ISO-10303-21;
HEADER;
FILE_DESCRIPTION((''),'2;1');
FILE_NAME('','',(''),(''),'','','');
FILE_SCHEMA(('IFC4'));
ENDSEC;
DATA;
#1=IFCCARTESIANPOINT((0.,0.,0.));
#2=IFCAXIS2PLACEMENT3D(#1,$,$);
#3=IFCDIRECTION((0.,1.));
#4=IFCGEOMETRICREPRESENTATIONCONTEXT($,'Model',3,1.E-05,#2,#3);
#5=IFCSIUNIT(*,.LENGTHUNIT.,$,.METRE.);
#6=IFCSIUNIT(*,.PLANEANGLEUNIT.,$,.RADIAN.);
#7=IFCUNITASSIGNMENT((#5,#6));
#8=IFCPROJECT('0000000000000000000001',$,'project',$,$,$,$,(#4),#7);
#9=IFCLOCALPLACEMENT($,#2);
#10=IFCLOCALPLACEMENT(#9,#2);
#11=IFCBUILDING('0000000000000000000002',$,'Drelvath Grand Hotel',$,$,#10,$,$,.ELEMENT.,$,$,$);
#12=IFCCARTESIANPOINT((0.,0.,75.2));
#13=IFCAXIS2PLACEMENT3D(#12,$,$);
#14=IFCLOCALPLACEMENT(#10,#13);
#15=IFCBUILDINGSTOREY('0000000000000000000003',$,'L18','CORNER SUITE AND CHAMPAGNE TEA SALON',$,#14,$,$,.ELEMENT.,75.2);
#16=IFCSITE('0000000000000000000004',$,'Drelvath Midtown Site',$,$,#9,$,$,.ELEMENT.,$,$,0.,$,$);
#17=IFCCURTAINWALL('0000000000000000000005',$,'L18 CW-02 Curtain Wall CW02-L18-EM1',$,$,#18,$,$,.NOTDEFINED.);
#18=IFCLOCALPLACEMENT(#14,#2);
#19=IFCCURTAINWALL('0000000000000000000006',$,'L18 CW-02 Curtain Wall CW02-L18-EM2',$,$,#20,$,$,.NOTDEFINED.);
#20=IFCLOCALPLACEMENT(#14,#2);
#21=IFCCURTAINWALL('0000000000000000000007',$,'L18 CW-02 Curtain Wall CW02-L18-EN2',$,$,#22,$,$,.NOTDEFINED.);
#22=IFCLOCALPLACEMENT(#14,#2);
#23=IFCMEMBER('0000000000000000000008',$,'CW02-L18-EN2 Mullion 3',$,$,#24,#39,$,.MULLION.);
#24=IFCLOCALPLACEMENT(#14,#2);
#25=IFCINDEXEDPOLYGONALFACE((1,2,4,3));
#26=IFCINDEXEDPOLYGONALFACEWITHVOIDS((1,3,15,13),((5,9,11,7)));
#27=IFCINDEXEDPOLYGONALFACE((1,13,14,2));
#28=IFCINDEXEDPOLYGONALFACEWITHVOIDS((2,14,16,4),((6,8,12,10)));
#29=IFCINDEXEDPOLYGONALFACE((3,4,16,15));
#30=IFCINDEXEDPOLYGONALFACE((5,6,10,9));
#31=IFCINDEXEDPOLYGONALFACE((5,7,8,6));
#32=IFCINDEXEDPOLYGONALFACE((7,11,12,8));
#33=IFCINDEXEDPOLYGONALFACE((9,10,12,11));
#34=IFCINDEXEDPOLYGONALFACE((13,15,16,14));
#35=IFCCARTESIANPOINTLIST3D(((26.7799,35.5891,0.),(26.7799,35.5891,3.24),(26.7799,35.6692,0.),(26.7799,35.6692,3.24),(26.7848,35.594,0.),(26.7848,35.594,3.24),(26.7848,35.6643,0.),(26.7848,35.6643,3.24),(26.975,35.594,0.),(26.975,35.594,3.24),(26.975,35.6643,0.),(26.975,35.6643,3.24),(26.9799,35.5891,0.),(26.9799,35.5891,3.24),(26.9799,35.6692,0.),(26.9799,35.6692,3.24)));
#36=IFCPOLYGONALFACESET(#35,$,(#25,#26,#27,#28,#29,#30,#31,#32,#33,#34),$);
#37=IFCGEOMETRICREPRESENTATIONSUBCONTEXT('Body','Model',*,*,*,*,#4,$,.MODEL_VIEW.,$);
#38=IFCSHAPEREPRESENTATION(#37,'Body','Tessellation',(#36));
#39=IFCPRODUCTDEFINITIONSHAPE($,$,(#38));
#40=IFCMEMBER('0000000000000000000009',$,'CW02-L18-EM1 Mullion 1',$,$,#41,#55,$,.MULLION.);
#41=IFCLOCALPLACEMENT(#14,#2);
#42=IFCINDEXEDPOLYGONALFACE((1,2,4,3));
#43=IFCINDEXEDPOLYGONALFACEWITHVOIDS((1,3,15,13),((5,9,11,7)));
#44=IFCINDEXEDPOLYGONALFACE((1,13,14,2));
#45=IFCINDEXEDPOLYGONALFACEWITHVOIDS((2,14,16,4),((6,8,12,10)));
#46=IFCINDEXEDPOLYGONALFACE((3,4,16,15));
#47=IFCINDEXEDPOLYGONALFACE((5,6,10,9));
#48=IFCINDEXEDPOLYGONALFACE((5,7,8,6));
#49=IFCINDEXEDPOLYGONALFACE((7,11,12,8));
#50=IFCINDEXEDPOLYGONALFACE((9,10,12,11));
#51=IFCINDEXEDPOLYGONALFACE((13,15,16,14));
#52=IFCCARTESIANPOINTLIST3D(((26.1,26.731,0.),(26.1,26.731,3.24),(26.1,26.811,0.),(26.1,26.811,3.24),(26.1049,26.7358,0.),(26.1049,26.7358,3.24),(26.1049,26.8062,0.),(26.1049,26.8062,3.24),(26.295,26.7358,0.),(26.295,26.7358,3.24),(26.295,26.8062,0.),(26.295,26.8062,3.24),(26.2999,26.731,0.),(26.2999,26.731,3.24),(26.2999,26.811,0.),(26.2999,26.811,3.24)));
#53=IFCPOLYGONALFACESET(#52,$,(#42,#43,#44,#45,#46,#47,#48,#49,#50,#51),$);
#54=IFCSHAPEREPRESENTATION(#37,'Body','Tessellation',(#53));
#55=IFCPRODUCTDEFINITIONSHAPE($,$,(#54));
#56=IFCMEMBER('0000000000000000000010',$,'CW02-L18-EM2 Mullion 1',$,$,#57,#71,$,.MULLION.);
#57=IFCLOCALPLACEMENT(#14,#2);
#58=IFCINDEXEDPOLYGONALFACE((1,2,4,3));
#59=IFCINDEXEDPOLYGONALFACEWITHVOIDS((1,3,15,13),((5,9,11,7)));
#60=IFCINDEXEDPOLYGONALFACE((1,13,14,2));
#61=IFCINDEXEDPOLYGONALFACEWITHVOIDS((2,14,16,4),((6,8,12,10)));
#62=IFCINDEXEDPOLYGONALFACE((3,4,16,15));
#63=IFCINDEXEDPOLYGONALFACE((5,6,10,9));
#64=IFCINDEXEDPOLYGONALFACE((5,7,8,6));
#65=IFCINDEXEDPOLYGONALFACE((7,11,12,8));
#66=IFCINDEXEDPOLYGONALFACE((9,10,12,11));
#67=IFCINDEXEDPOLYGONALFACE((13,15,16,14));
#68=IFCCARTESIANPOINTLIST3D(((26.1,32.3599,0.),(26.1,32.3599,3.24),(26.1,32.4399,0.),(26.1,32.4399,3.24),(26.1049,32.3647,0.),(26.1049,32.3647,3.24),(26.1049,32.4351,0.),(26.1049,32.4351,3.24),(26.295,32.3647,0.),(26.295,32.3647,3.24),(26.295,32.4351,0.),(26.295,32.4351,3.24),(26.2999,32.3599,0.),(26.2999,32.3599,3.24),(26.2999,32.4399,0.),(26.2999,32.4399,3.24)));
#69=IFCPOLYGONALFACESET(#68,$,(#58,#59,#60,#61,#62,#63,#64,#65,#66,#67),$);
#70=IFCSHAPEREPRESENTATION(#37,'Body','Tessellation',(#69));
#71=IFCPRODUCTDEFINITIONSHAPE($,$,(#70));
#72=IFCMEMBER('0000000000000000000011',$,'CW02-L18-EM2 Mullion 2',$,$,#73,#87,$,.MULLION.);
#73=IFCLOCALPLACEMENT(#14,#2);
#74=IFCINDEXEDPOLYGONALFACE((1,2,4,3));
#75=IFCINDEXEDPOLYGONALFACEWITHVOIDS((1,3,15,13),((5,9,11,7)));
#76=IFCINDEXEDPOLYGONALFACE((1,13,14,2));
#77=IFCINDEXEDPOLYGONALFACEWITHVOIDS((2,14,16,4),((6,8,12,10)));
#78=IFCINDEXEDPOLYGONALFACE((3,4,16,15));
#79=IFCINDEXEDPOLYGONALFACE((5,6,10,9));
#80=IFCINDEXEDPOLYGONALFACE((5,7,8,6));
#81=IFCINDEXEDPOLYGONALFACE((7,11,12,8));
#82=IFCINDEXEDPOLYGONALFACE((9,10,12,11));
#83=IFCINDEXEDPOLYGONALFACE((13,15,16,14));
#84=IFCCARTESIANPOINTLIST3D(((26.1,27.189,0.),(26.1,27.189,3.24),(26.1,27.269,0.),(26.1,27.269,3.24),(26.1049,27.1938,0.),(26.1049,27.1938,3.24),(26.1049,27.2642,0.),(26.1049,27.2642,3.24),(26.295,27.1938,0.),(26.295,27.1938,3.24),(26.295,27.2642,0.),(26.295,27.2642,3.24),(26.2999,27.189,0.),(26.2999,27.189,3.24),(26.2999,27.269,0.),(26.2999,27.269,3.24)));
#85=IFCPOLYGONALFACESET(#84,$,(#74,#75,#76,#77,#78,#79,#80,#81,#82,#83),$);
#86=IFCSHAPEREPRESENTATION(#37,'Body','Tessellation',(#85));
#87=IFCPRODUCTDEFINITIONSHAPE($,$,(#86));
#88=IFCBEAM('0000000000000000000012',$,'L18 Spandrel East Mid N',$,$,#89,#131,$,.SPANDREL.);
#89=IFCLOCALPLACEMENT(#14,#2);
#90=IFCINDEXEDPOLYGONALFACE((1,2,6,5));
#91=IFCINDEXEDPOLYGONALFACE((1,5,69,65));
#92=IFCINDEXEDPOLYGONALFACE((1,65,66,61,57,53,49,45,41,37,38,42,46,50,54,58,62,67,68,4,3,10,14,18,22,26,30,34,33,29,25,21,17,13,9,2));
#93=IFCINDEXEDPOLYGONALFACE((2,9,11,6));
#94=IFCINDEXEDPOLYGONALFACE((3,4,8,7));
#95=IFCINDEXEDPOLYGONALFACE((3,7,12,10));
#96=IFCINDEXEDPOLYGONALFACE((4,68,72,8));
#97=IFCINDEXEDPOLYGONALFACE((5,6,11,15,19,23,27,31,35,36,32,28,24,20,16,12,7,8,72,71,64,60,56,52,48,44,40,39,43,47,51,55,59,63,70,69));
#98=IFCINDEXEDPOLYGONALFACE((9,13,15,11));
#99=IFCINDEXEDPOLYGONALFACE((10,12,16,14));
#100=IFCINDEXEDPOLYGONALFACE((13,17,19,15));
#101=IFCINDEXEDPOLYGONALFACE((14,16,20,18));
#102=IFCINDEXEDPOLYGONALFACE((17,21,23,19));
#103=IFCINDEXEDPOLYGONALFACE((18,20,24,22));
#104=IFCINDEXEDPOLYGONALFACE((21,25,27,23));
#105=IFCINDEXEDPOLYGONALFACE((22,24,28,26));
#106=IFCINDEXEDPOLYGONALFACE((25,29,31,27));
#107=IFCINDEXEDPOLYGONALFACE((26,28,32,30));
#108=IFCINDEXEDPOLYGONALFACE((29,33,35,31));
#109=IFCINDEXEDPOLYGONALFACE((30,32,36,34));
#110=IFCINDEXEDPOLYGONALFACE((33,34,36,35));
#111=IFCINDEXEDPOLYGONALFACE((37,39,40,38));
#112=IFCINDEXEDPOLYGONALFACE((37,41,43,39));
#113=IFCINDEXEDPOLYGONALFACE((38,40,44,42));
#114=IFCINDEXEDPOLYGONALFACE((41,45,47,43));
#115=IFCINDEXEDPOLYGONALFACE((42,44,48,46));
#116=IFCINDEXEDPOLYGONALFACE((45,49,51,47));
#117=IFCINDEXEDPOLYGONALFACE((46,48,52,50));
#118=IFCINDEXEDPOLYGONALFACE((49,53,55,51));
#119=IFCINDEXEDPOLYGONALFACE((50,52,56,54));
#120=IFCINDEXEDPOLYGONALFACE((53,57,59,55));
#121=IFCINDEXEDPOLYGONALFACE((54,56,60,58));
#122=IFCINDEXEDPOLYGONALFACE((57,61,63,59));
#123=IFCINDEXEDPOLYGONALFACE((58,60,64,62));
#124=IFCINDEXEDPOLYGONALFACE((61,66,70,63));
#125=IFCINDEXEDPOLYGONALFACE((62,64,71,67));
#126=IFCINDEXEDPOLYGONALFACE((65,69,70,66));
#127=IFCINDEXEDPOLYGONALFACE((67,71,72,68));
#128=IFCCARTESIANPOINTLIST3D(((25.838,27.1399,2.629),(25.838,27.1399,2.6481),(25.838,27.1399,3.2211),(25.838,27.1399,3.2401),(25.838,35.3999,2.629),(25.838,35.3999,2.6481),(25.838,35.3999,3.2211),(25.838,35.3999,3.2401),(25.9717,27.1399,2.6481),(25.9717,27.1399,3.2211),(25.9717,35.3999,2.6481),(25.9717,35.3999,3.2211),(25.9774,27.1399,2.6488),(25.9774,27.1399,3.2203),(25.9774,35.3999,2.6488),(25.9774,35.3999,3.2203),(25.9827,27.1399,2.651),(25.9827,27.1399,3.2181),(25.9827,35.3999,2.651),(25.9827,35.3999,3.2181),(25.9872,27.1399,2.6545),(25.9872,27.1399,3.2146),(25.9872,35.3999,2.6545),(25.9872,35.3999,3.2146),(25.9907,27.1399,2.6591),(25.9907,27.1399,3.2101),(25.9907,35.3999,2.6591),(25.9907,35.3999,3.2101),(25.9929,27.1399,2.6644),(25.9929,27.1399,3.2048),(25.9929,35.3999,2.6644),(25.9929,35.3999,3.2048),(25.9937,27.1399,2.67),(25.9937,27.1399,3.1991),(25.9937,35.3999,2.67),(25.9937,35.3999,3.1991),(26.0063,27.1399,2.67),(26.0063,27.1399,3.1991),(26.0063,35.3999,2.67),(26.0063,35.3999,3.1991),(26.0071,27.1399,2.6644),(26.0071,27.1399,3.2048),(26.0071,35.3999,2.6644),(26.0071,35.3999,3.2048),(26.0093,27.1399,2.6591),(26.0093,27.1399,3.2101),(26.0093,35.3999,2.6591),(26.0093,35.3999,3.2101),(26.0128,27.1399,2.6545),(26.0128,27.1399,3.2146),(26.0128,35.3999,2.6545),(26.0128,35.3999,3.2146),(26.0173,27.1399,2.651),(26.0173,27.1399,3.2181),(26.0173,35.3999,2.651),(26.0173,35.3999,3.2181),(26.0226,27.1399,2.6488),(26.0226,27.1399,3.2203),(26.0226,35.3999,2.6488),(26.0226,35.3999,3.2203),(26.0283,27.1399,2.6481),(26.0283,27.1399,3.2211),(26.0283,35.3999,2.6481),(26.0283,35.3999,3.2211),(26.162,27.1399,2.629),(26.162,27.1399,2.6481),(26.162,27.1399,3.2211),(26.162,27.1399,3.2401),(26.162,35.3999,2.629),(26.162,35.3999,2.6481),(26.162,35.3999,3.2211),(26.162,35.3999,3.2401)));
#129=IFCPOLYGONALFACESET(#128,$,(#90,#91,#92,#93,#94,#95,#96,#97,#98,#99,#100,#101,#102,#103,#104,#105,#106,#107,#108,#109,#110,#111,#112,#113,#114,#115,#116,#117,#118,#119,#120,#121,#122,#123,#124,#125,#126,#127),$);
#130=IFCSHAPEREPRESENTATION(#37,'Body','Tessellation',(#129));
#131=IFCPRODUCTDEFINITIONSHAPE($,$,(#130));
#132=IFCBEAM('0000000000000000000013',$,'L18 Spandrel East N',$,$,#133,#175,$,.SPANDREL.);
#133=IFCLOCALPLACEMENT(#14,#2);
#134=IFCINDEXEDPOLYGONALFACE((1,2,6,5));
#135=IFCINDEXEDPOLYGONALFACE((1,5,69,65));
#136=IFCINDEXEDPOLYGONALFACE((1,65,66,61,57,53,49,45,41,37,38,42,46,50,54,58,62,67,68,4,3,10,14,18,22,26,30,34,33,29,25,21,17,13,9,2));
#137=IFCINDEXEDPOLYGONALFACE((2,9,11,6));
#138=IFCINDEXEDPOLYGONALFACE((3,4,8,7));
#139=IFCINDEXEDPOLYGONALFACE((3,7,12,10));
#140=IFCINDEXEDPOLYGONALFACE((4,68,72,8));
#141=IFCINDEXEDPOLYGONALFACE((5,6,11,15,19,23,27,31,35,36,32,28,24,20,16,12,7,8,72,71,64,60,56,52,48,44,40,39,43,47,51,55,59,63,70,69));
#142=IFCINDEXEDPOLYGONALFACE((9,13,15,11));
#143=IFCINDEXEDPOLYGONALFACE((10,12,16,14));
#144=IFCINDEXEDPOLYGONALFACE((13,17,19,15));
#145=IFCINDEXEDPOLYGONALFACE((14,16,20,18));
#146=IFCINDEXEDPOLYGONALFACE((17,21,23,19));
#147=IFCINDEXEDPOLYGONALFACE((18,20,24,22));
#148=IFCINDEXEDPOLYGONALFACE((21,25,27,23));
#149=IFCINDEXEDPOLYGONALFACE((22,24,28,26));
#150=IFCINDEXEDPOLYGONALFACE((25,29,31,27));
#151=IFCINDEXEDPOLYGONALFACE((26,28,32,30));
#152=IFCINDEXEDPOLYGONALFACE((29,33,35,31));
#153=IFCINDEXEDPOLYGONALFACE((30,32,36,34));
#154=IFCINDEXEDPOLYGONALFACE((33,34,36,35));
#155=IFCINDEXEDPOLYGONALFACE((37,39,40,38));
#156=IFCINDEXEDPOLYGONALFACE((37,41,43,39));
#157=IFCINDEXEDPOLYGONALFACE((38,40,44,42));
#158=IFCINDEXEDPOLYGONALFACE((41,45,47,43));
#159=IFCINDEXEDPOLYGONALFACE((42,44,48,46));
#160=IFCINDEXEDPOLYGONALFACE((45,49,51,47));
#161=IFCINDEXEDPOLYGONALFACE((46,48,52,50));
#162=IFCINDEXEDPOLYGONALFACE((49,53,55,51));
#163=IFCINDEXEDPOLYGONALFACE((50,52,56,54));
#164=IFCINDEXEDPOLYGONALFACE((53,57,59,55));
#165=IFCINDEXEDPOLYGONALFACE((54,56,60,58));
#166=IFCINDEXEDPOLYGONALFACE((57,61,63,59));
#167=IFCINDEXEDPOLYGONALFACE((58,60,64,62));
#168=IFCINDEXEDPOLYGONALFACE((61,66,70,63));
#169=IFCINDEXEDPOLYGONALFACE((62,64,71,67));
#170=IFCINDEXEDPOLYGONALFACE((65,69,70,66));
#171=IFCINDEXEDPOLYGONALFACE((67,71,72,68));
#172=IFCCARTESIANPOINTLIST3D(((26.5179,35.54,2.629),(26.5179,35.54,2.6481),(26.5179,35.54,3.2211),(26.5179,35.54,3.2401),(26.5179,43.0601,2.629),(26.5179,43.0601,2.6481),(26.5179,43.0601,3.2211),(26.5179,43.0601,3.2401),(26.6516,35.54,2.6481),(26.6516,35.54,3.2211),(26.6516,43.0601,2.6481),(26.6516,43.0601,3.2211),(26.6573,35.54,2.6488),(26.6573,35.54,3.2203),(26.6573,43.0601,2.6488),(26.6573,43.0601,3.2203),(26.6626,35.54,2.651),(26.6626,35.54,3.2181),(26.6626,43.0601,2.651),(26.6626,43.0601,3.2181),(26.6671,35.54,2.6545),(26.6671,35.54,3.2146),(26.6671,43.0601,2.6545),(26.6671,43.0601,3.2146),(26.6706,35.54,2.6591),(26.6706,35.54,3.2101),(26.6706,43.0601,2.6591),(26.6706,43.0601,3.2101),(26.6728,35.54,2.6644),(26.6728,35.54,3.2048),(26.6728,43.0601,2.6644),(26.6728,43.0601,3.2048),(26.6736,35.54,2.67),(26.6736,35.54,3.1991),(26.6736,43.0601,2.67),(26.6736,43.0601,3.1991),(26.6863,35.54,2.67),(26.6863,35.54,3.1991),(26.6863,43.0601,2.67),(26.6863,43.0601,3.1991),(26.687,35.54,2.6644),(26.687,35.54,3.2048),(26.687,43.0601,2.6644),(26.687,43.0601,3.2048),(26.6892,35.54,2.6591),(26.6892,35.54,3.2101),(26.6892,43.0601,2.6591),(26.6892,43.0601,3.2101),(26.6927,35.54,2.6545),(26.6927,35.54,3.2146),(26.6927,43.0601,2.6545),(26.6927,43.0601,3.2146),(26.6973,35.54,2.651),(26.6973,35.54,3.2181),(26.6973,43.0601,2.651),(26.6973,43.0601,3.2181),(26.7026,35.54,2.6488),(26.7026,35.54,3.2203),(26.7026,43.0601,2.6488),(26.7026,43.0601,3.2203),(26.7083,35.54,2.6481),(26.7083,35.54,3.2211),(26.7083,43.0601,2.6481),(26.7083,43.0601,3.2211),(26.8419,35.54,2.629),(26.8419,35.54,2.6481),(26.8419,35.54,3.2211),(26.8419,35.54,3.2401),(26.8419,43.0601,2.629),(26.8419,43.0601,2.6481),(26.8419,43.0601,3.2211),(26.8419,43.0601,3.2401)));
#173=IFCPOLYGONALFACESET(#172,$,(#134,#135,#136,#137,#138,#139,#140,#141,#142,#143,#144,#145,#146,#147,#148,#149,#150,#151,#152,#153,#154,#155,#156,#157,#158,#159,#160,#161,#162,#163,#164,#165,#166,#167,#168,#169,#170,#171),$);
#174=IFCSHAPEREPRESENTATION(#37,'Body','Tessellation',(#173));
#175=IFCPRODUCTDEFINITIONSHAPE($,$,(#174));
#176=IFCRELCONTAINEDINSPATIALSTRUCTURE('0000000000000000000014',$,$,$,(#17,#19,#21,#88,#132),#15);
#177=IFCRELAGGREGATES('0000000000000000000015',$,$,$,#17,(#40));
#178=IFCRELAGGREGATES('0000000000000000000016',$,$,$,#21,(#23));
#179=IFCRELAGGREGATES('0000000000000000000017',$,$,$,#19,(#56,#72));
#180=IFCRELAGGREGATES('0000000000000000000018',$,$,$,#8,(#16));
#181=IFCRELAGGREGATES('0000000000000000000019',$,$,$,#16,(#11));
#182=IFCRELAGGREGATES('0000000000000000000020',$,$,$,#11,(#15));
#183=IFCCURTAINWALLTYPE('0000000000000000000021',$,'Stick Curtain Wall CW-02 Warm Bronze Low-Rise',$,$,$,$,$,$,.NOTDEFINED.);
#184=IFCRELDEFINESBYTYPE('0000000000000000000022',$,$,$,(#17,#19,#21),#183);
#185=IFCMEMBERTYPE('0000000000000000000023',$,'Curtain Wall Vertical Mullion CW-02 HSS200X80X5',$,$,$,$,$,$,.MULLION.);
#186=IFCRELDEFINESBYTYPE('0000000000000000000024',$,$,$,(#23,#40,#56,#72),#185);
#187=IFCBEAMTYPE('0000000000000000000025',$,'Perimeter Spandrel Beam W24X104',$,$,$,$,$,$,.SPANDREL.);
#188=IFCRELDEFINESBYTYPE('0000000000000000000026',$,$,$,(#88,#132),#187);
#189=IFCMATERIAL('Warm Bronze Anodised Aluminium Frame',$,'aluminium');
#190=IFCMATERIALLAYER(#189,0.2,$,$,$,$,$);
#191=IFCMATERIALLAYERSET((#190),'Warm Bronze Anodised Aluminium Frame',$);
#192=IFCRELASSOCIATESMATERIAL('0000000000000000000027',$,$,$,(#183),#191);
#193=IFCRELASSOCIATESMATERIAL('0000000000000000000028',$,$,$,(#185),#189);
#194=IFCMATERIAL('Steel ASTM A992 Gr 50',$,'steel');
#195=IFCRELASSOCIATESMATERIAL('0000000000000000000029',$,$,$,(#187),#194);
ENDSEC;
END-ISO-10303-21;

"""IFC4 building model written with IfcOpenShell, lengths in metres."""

from ifc_helpers import new_model, si_unit, direction, frame, origin, origin_2d, place, context, subcontext, project, spatial, hollow_rectangle, i_section, extrude, material, layer, layer_set, material_profile, profile_set, type_object, element, aggregate, save


model = new_model("IFC4")

# Units and contexts
model_context = context("Model", 3, precision=1e-05, world=origin(), true_north=direction((0.0, 1.0)))
body_context = subcontext(model_context, "Body", "Model", "MODEL_VIEW")
ifc_project = project(units=[si_unit("LENGTHUNIT", "METRE"), si_unit("PLANEANGLEUNIT", "RADIAN")], contexts=[model_context])

# Site, building, storey
site_placement = place(None, origin())
site = spatial("IfcSite", under=ifc_project, at=site_placement, Name="Drelvath Midtown Site", CompositionType="ELEMENT", RefElevation=0.0)
building_placement = place(site_placement, origin())
building = spatial("IfcBuilding", under=site, at=building_placement, Name="Drelvath Grand Hotel", CompositionType="ELEMENT")
storey_placement = place(building_placement, frame((0.0, 0.0, 75.2)))
storey = spatial("IfcBuildingStorey", under=building, at=storey_placement, Name="L18", Description="CORNER SUITE AND CHAMPAGNE TEA SALON", CompositionType="ELEMENT", Elevation=75.2)

# Curtain walls
ifc_material_1 = material(Name="Warm Bronze Anodised Aluminium Frame", Category="aluminium")
ifc_layer_1 = layer(ifc_material_1, 0.2)
ifc_layer_set_1 = layer_set([ifc_layer_1], Name="Warm Bronze Anodised Aluminium Frame")
curtain_wall_type = type_object("IfcCurtainWallType", Name="Stick Curtain Wall CW-02 Warm Bronze Low-Rise", PredefinedType="NOTDEFINED", material=ifc_layer_set_1)
curtain_wall_1_placement = place(storey_placement, origin())
curtain_wall_1 = element("IfcCurtainWall", 1, at=curtain_wall_1_placement, inside=storey, type_object=curtain_wall_type, Name="L18 CW-02 Curtain Wall CW02-L18-EM1", PredefinedType="NOTDEFINED")
curtain_wall_2_placement = place(storey_placement, origin())
curtain_wall_2 = element("IfcCurtainWall", 2, at=curtain_wall_2_placement, inside=storey, type_object=curtain_wall_type, Name="L18 CW-02 Curtain Wall CW02-L18-EM2", PredefinedType="NOTDEFINED")

# Shared definitions
ifc_material_profile_1 = material_profile(ifc_material_1, hollow_rectangle(XDim=0.0801, YDim=0.2, WallThickness=0.0049, at=origin_2d()), Name="HSS200X80X5")
ifc_profile_set_1 = profile_set([ifc_material_profile_1], Name="Warm Bronze Anodised Aluminium Frame")
member_type_1 = type_object("IfcMemberType", Name="Curtain Wall Vertical Mullion CW-02 HSS200X80X5", PredefinedType="MULLION", material=ifc_profile_set_1)

# Curtain wall, member
curtain_wall_3_placement = place(storey_placement, origin())
curtain_wall_3 = element("IfcCurtainWall", 3, at=curtain_wall_3_placement, inside=storey, type_object=curtain_wall_type, Name="L18 CW-02 Curtain Wall CW02-L18-EN2", PredefinedType="NOTDEFINED")
member_1_placement = place(storey_placement, frame((26.8799, 35.6292, 0.0), z_axis=(0.0, 0.0, 1.0), x_axis=(0.0, 1.0, 0.0)))
member_1 = element("IfcMember", 4, at=member_1_placement, type_object=member_type_1, Name="CW02-L18-EN2 Mullion 3", PredefinedType="MULLION", context=body_context, shape_type="SweptSolid", body=[
    extrude(hollow_rectangle(XDim=0.0801, YDim=0.2, WallThickness=0.0049, at=origin_2d()), origin(), (0.0, 0.0, 1.0), 3.24),
])

# Members
member_2_placement = place(storey_placement, frame((26.2, 26.771, 0.0), z_axis=(0.0, 0.0, 1.0), x_axis=(0.0, 1.0, 0.0)))
member_2 = element("IfcMember", 5, at=member_2_placement, type_object=member_type_1, Name="CW02-L18-EM1 Mullion 1", PredefinedType="MULLION", context=body_context, shape_type="SweptSolid", body=[
    extrude(hollow_rectangle(XDim=0.0801, YDim=0.2, WallThickness=0.0049, at=origin_2d()), origin(), (0.0, 0.0, 1.0), 3.24),
])
aggregate(curtain_wall_1, [member_2])
member_3_placement = place(storey_placement, frame((26.2, 32.3999, 0.0), z_axis=(0.0, 0.0, 1.0), x_axis=(0.0, 1.0, 0.0)))
member_3 = element("IfcMember", 6, at=member_3_placement, type_object=member_type_1, Name="CW02-L18-EM2 Mullion 1", PredefinedType="MULLION", context=body_context, shape_type="SweptSolid", body=[
    extrude(hollow_rectangle(XDim=0.0801, YDim=0.2, WallThickness=0.0049, at=origin_2d()), origin(), (0.0, 0.0, 1.0), 3.24),
])
member_4_placement = place(storey_placement, frame((26.2, 27.229, 0.0), z_axis=(0.0, 0.0, 1.0), x_axis=(0.0, 1.0, 0.0)))
member_4 = element("IfcMember", 7, at=member_4_placement, type_object=member_type_1, Name="CW02-L18-EM2 Mullion 2", PredefinedType="MULLION", context=body_context, shape_type="SweptSolid", body=[
    extrude(hollow_rectangle(XDim=0.0801, YDim=0.2, WallThickness=0.0049, at=origin_2d()), origin(), (0.0, 0.0, 1.0), 3.24),
])

# Beams
ifc_material_2 = material(Name="Steel ASTM A992 Gr 50", Category="steel")
ifc_material_profile_2 = material_profile(ifc_material_2, i_section(OverallWidth=0.324, OverallDepth=0.6111, WebThickness=0.0127, FlangeThickness=0.019, FilletRadius=0.022, at=origin_2d()), Name="W24X104")
ifc_profile_set_2 = profile_set([ifc_material_profile_2], Name="Steel ASTM A992 Gr 50")
beam_type_1 = type_object("IfcBeamType", Name="Perimeter Spandrel Beam W24X104", PredefinedType="SPANDREL", material=ifc_profile_set_2)
beam_1_placement = place(storey_placement, frame((26.0, 27.1399, 2.9346), z_axis=(0.0, 1.0, 0.0), x_axis=(-1.0, 0.0, 0.0)))
element("IfcBeam", 8, at=beam_1_placement, inside=storey, type_object=beam_type_1, Name="L18 Spandrel East Mid N", PredefinedType="SPANDREL", context=body_context, shape_type="SweptSolid", body=[
    extrude(i_section(OverallWidth=0.324, OverallDepth=0.6111, WebThickness=0.0127, FlangeThickness=0.019, FilletRadius=0.022, at=origin_2d()), origin(), (0.0, 0.0, 1.0), 8.26),
])
beam_2_placement = place(storey_placement, frame((26.6799, 35.54, 2.9346), z_axis=(0.0, 1.0, 0.0), x_axis=(-1.0, 0.0, 0.0)))
element("IfcBeam", 9, at=beam_2_placement, inside=storey, type_object=beam_type_1, Name="L18 Spandrel East N", PredefinedType="SPANDREL", context=body_context, shape_type="SweptSolid", body=[
    extrude(i_section(OverallWidth=0.324, OverallDepth=0.6111, WebThickness=0.0127, FlangeThickness=0.019, FilletRadius=0.022, at=origin_2d()), origin(), (0.0, 0.0, 1.0), 7.52),
])

aggregate(curtain_wall_3, [member_1])
aggregate(curtain_wall_2, [member_3, member_4])

save(model, "model.ifc")
